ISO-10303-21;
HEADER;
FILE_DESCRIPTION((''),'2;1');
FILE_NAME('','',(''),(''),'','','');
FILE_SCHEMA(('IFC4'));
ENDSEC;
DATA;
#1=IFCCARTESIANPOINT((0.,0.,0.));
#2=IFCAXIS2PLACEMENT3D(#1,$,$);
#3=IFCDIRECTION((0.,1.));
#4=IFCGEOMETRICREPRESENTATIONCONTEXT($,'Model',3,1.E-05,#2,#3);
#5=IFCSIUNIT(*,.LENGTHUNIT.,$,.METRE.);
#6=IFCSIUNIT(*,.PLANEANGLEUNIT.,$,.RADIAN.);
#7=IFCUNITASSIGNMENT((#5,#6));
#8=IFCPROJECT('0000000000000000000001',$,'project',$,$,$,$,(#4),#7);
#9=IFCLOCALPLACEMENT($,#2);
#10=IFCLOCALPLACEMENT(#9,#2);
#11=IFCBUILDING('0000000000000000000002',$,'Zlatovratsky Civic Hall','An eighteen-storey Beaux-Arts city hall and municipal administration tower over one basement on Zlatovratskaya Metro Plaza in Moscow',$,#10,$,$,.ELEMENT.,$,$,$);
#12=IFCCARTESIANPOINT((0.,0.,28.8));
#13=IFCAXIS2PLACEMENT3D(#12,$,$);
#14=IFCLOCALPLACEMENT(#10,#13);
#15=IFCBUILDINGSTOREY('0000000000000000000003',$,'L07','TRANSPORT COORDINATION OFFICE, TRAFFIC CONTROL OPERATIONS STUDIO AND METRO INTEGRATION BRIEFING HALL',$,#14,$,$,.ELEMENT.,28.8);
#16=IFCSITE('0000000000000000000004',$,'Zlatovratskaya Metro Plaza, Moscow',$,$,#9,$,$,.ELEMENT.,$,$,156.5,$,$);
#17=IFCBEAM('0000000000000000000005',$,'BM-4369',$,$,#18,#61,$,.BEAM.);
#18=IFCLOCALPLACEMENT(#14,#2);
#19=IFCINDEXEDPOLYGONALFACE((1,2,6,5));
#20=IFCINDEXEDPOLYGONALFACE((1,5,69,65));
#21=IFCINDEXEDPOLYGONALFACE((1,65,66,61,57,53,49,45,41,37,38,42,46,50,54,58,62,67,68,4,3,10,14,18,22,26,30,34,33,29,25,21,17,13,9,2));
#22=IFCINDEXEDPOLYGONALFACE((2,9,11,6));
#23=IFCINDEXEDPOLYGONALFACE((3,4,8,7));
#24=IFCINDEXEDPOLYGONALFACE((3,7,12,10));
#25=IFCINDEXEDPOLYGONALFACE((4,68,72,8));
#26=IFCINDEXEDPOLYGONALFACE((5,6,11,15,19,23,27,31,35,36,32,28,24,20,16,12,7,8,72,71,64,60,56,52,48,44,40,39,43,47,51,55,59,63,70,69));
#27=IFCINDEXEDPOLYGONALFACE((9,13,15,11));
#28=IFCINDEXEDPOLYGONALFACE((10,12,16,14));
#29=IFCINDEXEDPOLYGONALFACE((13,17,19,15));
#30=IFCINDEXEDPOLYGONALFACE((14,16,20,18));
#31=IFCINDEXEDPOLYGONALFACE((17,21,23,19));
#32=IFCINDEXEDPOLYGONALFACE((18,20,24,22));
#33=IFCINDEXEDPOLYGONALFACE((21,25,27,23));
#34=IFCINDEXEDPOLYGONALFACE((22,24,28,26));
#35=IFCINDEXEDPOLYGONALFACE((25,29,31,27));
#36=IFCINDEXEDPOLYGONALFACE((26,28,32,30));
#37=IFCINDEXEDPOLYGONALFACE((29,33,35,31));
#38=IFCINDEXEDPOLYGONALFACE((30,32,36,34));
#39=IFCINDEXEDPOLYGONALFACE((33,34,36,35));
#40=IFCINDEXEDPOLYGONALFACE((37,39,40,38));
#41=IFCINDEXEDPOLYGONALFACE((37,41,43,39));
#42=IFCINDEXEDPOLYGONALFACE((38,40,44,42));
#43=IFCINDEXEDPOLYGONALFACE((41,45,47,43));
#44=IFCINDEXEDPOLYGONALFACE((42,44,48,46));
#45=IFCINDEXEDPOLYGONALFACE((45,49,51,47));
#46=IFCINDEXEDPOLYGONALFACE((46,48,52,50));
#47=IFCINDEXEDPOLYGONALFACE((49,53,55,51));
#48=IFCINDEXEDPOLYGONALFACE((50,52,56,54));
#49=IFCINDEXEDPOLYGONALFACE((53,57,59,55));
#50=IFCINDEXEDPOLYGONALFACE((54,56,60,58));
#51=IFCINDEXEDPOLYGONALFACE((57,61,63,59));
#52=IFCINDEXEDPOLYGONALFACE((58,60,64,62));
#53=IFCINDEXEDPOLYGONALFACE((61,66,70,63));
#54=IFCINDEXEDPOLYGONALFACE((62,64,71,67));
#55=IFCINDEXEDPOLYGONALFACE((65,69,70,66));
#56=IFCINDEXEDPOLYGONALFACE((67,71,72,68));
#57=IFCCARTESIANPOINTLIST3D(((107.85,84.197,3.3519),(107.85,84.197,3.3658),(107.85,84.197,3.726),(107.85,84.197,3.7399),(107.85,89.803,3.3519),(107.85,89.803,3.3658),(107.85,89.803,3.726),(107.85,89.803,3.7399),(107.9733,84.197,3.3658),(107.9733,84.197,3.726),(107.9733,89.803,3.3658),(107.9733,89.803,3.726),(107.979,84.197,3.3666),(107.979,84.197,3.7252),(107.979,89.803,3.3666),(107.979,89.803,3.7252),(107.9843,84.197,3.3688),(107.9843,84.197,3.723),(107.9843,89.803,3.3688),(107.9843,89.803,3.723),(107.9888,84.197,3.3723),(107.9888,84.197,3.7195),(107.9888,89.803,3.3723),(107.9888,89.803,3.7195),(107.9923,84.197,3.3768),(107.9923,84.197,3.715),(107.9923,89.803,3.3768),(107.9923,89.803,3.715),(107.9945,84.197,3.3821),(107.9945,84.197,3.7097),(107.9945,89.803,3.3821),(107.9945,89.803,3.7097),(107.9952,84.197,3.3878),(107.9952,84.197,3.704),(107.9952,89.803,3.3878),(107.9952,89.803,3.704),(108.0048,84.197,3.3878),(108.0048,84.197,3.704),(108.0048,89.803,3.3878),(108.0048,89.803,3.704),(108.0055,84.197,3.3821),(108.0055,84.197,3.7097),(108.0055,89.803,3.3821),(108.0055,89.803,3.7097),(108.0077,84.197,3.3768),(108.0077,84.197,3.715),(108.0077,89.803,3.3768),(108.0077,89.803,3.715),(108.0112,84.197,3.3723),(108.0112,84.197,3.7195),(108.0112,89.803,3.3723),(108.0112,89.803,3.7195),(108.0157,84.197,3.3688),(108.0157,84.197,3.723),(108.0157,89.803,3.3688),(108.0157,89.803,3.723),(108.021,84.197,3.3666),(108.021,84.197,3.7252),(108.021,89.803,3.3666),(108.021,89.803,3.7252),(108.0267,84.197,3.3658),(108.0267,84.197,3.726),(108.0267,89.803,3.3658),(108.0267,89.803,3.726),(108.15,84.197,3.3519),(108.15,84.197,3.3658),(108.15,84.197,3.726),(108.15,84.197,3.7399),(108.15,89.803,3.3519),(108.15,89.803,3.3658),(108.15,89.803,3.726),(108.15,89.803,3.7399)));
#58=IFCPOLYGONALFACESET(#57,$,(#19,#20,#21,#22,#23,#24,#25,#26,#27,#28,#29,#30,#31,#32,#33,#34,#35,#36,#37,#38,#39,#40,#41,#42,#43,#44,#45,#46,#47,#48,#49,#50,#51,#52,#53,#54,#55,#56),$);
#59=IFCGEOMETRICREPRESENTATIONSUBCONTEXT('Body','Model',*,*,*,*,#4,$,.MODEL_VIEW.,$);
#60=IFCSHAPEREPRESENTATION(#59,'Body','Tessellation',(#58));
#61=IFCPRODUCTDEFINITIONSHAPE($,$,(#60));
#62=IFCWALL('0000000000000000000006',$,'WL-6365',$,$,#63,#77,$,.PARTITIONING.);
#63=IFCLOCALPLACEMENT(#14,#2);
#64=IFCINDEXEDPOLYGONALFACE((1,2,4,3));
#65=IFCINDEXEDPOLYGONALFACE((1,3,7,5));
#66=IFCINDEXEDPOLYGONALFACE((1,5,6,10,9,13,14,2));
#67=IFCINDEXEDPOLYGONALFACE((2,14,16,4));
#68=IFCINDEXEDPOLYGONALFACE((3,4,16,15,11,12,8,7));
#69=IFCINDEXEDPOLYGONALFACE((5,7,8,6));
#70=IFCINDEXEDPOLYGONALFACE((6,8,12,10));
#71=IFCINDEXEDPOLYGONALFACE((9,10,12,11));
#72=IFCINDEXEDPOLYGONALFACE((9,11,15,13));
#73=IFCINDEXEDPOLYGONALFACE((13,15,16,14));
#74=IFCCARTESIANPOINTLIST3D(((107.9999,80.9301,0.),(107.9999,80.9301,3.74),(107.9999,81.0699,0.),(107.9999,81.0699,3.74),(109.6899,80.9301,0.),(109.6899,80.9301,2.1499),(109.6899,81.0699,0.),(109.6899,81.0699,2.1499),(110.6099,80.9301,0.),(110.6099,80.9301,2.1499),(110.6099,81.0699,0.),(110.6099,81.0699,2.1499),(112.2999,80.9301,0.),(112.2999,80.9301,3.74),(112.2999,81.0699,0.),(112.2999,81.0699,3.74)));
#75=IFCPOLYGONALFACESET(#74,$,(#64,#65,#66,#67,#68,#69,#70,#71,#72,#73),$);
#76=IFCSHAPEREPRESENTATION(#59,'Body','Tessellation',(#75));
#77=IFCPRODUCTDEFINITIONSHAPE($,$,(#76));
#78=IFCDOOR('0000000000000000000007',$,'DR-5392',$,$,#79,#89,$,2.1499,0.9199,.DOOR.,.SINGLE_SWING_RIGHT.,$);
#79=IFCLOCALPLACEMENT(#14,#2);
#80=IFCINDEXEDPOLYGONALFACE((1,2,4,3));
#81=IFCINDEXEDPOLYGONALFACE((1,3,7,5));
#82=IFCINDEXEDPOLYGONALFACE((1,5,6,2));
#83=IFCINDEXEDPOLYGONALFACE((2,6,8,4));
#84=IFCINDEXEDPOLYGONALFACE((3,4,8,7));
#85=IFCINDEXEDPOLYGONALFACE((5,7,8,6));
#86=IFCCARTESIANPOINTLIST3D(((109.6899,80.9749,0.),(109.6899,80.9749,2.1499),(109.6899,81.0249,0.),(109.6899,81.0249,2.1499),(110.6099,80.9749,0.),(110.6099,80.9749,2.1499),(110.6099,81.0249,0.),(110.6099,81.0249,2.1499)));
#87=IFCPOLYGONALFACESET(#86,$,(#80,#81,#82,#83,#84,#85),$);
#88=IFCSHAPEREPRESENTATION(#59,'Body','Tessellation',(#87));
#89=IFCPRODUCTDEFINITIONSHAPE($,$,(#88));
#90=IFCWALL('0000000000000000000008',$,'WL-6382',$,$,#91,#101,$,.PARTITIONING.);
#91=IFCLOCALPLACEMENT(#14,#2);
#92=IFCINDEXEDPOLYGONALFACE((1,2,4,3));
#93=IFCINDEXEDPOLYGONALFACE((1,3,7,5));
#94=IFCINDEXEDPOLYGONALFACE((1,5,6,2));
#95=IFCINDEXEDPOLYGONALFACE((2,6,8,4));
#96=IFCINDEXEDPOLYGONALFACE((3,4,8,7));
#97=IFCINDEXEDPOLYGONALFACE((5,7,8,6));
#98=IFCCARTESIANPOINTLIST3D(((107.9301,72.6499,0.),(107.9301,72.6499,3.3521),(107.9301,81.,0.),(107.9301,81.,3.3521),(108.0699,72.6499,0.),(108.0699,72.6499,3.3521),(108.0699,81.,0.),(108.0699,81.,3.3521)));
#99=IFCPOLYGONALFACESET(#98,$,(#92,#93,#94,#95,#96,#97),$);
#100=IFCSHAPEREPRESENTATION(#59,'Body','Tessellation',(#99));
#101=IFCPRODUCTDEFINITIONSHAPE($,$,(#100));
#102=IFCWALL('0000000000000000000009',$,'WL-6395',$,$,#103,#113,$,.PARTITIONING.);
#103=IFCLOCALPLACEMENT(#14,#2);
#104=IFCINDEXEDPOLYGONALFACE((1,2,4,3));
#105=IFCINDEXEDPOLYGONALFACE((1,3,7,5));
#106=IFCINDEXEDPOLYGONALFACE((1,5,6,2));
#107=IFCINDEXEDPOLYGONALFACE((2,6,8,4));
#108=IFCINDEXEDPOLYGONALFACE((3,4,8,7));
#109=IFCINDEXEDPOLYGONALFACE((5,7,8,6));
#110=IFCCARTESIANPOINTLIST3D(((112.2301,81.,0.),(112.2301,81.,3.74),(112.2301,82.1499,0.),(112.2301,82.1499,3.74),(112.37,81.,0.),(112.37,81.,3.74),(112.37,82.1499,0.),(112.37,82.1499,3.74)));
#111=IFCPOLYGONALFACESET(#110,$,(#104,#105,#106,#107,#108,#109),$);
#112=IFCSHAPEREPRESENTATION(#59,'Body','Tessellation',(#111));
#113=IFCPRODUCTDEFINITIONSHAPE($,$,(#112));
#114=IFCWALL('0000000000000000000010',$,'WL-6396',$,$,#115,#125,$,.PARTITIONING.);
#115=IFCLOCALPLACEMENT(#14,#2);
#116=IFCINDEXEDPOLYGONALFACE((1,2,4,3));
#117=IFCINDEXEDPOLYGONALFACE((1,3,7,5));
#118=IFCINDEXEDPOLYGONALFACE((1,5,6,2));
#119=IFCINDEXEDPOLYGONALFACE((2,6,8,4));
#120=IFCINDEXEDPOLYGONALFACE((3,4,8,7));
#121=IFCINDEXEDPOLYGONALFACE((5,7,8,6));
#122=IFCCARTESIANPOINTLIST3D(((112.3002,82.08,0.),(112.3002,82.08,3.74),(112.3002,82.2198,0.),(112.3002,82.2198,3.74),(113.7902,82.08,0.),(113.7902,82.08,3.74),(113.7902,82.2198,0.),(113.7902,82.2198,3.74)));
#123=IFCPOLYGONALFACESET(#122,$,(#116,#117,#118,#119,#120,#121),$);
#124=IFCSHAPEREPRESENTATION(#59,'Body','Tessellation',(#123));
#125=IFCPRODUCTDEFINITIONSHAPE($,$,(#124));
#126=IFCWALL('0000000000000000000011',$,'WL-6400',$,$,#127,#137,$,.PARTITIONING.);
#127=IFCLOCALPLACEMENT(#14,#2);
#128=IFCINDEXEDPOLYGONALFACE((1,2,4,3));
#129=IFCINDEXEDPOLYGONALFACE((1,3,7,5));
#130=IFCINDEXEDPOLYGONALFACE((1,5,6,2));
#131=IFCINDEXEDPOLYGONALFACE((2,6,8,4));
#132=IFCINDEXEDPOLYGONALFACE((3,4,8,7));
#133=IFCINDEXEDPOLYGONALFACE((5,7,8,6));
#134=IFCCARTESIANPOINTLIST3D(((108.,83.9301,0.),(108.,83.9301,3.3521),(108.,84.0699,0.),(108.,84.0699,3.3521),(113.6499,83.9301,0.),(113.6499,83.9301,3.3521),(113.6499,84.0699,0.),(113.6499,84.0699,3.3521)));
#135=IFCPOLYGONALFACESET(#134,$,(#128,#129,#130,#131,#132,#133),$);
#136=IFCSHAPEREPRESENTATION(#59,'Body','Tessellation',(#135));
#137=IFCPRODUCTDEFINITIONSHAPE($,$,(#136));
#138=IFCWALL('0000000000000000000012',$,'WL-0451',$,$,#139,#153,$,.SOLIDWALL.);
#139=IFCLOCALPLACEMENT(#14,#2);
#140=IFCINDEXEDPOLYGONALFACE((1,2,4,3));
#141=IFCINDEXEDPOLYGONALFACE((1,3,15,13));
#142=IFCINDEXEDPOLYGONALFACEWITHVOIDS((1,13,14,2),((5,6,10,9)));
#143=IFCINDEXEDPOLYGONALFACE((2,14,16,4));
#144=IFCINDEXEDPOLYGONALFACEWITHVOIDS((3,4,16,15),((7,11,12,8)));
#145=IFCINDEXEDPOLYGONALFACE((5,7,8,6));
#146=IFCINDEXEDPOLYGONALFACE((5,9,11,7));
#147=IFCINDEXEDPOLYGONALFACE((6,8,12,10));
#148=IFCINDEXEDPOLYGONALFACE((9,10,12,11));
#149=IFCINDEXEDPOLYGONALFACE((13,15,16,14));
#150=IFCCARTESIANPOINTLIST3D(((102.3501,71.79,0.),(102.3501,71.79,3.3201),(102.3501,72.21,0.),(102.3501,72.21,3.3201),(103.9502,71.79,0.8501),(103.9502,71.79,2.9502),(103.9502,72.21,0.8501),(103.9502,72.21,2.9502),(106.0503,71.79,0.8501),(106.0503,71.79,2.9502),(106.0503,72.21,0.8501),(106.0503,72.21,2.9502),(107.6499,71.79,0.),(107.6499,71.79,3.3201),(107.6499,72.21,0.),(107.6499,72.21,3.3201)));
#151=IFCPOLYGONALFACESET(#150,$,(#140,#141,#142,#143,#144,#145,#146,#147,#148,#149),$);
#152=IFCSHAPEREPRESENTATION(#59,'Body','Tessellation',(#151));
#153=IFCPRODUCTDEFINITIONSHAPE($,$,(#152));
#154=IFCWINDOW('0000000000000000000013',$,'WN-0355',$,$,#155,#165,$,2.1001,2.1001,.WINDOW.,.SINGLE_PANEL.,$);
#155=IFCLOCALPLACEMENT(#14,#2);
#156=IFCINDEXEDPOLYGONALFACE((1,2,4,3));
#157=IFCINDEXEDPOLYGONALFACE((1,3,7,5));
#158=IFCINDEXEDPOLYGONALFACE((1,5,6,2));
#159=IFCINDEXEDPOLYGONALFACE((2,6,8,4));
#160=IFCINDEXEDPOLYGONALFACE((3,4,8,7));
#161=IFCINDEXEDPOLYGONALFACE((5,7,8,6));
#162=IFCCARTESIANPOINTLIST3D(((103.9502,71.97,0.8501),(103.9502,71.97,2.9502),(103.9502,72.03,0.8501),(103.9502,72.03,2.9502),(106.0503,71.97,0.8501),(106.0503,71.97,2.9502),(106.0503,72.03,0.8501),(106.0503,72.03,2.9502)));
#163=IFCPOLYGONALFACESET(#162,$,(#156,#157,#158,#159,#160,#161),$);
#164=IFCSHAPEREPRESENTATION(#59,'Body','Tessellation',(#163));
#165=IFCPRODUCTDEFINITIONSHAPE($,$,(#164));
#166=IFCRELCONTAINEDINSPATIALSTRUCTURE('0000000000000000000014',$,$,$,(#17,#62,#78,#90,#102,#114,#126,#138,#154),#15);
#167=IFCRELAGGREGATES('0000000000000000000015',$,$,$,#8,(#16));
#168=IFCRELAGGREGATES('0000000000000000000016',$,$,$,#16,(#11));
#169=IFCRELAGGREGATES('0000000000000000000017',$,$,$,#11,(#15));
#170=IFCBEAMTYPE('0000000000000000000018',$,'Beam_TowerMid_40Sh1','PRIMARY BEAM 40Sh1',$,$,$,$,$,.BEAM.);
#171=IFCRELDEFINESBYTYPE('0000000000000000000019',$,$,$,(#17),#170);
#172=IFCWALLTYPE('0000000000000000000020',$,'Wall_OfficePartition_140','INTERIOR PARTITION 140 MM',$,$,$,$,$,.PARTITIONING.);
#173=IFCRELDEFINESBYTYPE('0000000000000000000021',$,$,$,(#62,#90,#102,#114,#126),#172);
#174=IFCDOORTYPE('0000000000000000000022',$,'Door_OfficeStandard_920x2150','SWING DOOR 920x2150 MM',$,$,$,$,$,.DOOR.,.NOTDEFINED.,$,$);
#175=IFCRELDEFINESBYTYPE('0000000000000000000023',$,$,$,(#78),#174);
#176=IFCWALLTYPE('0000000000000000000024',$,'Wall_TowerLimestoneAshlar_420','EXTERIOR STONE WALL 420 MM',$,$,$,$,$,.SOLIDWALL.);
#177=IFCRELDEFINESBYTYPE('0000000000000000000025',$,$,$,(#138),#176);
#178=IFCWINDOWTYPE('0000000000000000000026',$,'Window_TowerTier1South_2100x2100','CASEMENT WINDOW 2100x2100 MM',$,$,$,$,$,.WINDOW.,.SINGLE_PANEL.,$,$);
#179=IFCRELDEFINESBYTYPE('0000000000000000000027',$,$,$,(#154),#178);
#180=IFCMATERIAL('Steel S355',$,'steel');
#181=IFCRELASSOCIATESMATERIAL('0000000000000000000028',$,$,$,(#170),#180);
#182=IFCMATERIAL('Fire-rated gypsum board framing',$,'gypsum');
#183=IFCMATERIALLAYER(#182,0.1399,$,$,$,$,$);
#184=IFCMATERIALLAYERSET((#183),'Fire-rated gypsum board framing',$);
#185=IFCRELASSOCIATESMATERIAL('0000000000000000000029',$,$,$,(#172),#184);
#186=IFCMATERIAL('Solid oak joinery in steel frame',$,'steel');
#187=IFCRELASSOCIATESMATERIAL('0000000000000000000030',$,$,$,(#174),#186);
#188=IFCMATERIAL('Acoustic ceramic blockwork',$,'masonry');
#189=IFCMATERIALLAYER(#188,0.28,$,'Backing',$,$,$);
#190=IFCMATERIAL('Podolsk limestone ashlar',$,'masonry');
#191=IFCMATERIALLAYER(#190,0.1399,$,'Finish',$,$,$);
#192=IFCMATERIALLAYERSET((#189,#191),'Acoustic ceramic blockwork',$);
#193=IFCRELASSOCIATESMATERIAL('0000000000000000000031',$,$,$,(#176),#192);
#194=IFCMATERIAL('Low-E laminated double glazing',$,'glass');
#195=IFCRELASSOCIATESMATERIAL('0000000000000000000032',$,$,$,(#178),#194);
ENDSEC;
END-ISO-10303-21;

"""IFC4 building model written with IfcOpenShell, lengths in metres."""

from ifc_helpers import new_model, si_unit, direction, frame, frame_2d, origin, origin_2d, place, context, subcontext, project, spatial, rectangle, i_section, extrude, material, layer, layer_set, material_profile, profile_set, type_object, element, fill, save


model = new_model("IFC4")

# Units and contexts
model_context = context("Model", 3, precision=1e-05, world=origin(), true_north=direction((0.0, 1.0)))
body_context = subcontext(model_context, "Body", "Model", "MODEL_VIEW")
ifc_project = project(units=[si_unit("LENGTHUNIT", "METRE"), si_unit("PLANEANGLEUNIT", "RADIAN")], contexts=[model_context])

# Site, building, storey
site_placement = place(None, origin())
site = spatial("IfcSite", under=ifc_project, at=site_placement, Name="Zlatovratskaya Metro Plaza, Moscow", CompositionType="ELEMENT", RefElevation=156.5)
building_placement = place(site_placement, origin())
building = spatial("IfcBuilding", under=site, at=building_placement, Name="Zlatovratsky Civic Hall", Description="An eighteen-storey Beaux-Arts city hall and municipal administration tower over one basement on Zlatovratskaya Metro Plaza in Moscow", CompositionType="ELEMENT")
storey_placement = place(building_placement, frame((0.0, 0.0, 28.8)))
storey = spatial("IfcBuildingStorey", under=building, at=storey_placement, Name="L07", Description="TRANSPORT COORDINATION OFFICE, TRAFFIC CONTROL OPERATIONS STUDIO AND METRO INTEGRATION BRIEFING HALL", CompositionType="ELEMENT", Elevation=28.8)

# Shared definitions
ifc_material_1 = material(Name="Steel S355", Category="steel")

# Beam
ifc_material_profile_1 = material_profile(ifc_material_1, i_section(OverallWidth=0.3, OverallDepth=0.3879, WebThickness=0.0095, FlangeThickness=0.0139, FilletRadius=0.022, at=origin_2d()), Name="40Sh1")
ifc_profile_set_1 = profile_set([ifc_material_profile_1], Name="Steel S355")
beam_type_1 = type_object("IfcBeamType", Name="Beam_TowerMid_40Sh1", Description="PRIMARY BEAM 40Sh1", PredefinedType="BEAM", material=ifc_profile_set_1)
for number, where, z_axis, x_axis, name in (
    (1, (108.0, 84.197, 3.5459), (0.0, 1.0, 0.0), (-1.0, 0.0, 0.0), "BM-4369"),
):
    element("IfcBeam", number, at=place(storey_placement, frame(where, z_axis=z_axis, x_axis=x_axis)), inside=storey, type_object=beam_type_1, Name=name, PredefinedType="BEAM", context=body_context, shape_type="SweptSolid", body=[
        extrude(i_section(OverallWidth=0.3, OverallDepth=0.3879, WebThickness=0.0095, FlangeThickness=0.0139, FilletRadius=0.022, at=origin_2d()), origin(), (0.0, 0.0, 1.0), 5.606),
    ])

# Wall, opening, door
ifc_material_2 = material(Name="Fire-rated gypsum board framing", Category="gypsum")
ifc_layer_1 = layer(ifc_material_2, 0.1399)
ifc_layer_set_1 = layer_set([ifc_layer_1], Name="Fire-rated gypsum board framing")
wall_type_1 = type_object("IfcWallType", Name="Wall_OfficePartition_140", Description="INTERIOR PARTITION 140 MM", PredefinedType="PARTITIONING", material=ifc_layer_set_1)
wall_1_placement = place(storey_placement, frame((108.0, 81.0, 0.0), z_axis=(0.0, 0.0, 1.0), x_axis=(1.0, 0.0, 0.0)))
wall_1 = element("IfcWall", 2, at=wall_1_placement, inside=storey, type_object=wall_type_1, Name="WL-6365", PredefinedType="PARTITIONING", context=body_context, shape_type="SweptSolid", body=[
    extrude(rectangle(XDim=4.3, YDim=0.1399, at=frame_2d((2.1499, 0.0))), origin(), (0.0, 0.0, 1.0), 3.74),
])
opening_1_placement = place(wall_1_placement, frame((1.6899, 0.0, 0.0)))
opening_1 = element("IfcOpeningElement", 3, at=opening_1_placement, cuts=wall_1, PredefinedType="OPENING", context=body_context, shape_type="SweptSolid", body=[
    extrude(rectangle(XDim=0.9199, YDim=2.1499, at=frame_2d((0.46, 1.075))), frame((0.0, 0.085, 0.0), z_axis=(0.0, -1.0, 0.0), x_axis=(1.0, 0.0, 0.0)), (0.0, 0.0, 1.0), 0.1697),
])
ifc_material_3 = material(Name="Solid oak joinery in steel frame", Category="steel")
door_type = type_object("IfcDoorType", Name="Door_OfficeStandard_920x2150", Description="SWING DOOR 920x2150 MM", OperationType="NOTDEFINED", PredefinedType="DOOR", material=ifc_material_3)
door_placement = place(opening_1_placement, origin())
door = element("IfcDoor", 4, at=door_placement, inside=storey, type_object=door_type, Name="DR-5392", OperationType="SINGLE_SWING_RIGHT", OverallHeight=2.1499, OverallWidth=0.9199, PredefinedType="DOOR", context=body_context, shape_type="SweptSolid", body=[
    extrude(rectangle(XDim=0.9199, YDim=2.1499, at=frame_2d((0.46, 1.075))), frame((0.0, 0.0249, 0.0), z_axis=(0.0, -1.0, 0.0), x_axis=(1.0, 0.0, 0.0)), (0.0, 0.0, 1.0), 0.05),
])
fill(opening_1, door)

# Walls
wall_2_placement = place(storey_placement, frame((108.0, 72.6499, 0.0), z_axis=(0.0, 0.0, 1.0), x_axis=(0.0, 1.0, 0.0)))
element("IfcWall", 5, at=wall_2_placement, inside=storey, type_object=wall_type_1, Name="WL-6382", PredefinedType="PARTITIONING", context=body_context, shape_type="SweptSolid", body=[
    extrude(rectangle(XDim=8.3501, YDim=0.1399, at=frame_2d((4.175, 0.0))), origin(), (0.0, 0.0, 1.0), 3.3521),
])
wall_3_placement = place(storey_placement, frame((112.3, 81.0, 0.0), z_axis=(0.0, 0.0, 1.0), x_axis=(0.0, 1.0, 0.0)))
element("IfcWall", 6, at=wall_3_placement, inside=storey, type_object=wall_type_1, Name="WL-6395", PredefinedType="PARTITIONING", context=body_context, shape_type="SweptSolid", body=[
    extrude(rectangle(XDim=1.1499, YDim=0.1399, at=frame_2d((0.575, 0.0))), origin(), (0.0, 0.0, 1.0), 3.74),
])
wall_4_placement = place(storey_placement, frame((112.3, 82.1499, 0.0), z_axis=(0.0, 0.0, 1.0), x_axis=(1.0, 0.0, 0.0)))
element("IfcWall", 7, at=wall_4_placement, inside=storey, type_object=wall_type_1, Name="WL-6396", PredefinedType="PARTITIONING", context=body_context, shape_type="SweptSolid", body=[
    extrude(rectangle(XDim=1.49, YDim=0.1399, at=frame_2d((0.7451, 0.0))), origin(), (0.0, 0.0, 1.0), 3.74),
])
wall_5_placement = place(storey_placement, frame((108.0, 84.0, 0.0), z_axis=(0.0, 0.0, 1.0), x_axis=(1.0, 0.0, 0.0)))
element("IfcWall", 8, at=wall_5_placement, inside=storey, type_object=wall_type_1, Name="WL-6400", PredefinedType="PARTITIONING", context=body_context, shape_type="SweptSolid", body=[
    extrude(rectangle(XDim=5.6499, YDim=0.1399, at=frame_2d((2.825, 0.0))), origin(), (0.0, 0.0, 1.0), 3.3521),
])

# Wall, opening, window
ifc_material_4 = material(Name="Acoustic ceramic blockwork", Category="masonry")
ifc_layer_2 = layer(ifc_material_4, 0.28, Name="Backing")
ifc_material_5 = material(Name="Podolsk limestone ashlar", Category="masonry")
ifc_layer_3 = layer(ifc_material_5, 0.1399, Name="Finish")
ifc_layer_set_2 = layer_set([ifc_layer_2, ifc_layer_3], Name="Acoustic ceramic blockwork")
wall_type_2 = type_object("IfcWallType", Name="Wall_TowerLimestoneAshlar_420", Description="EXTERIOR STONE WALL 420 MM", PredefinedType="SOLIDWALL", material=ifc_layer_set_2)
wall_6_placement = place(storey_placement, frame((102.3501, 72.0, 0.0), z_axis=(0.0, 0.0, 1.0), x_axis=(1.0, 0.0, 0.0)))
wall_6 = element("IfcWall", 9, at=wall_6_placement, inside=storey, type_object=wall_type_2, Name="WL-0451", PredefinedType="SOLIDWALL", context=body_context, shape_type="SweptSolid", body=[
    extrude(rectangle(XDim=5.2998, YDim=0.4199, at=frame_2d((2.6499, 0.0))), origin(), (0.0, 0.0, 1.0), 3.3201),
])
opening_2_placement = place(wall_6_placement, frame((1.6001, 0.0, 0.8501)))
opening_2 = element("IfcOpeningElement", 10, at=opening_2_placement, cuts=wall_6, PredefinedType="OPENING", context=body_context, shape_type="SweptSolid", body=[
    extrude(rectangle(XDim=2.1001, YDim=2.1001, at=frame_2d((1.05, 1.05))), frame((0.0, 0.2249, 0.0), z_axis=(0.0, -1.0, 0.0), x_axis=(1.0, 0.0, 0.0)), (0.0, 0.0, 1.0), 0.4497),
])
ifc_material_6 = material(Name="Low-E laminated double glazing", Category="glass")
window_type_1 = type_object("IfcWindowType", Name="Window_TowerTier1South_2100x2100", Description="CASEMENT WINDOW 2100x2100 MM", PartitioningType="SINGLE_PANEL", PredefinedType="WINDOW", material=ifc_material_6)
window_1_placement = place(opening_2_placement, origin())
window_1 = element("IfcWindow", 11, at=window_1_placement, inside=storey, type_object=window_type_1, Name="WN-0355", OverallHeight=2.1001, OverallWidth=2.1001, PartitioningType="SINGLE_PANEL", PredefinedType="WINDOW", context=body_context, shape_type="SweptSolid", body=[
    extrude(rectangle(XDim=2.1001, YDim=2.1001, at=frame_2d((1.05, 1.05))), frame((0.0, 0.03, 0.0), z_axis=(0.0, -1.0, 0.0), x_axis=(1.0, 0.0, 0.0)), (0.0, 0.0, 1.0), 0.0601),
])
fill(opening_2, window_1)

save(model, "model.ifc")
